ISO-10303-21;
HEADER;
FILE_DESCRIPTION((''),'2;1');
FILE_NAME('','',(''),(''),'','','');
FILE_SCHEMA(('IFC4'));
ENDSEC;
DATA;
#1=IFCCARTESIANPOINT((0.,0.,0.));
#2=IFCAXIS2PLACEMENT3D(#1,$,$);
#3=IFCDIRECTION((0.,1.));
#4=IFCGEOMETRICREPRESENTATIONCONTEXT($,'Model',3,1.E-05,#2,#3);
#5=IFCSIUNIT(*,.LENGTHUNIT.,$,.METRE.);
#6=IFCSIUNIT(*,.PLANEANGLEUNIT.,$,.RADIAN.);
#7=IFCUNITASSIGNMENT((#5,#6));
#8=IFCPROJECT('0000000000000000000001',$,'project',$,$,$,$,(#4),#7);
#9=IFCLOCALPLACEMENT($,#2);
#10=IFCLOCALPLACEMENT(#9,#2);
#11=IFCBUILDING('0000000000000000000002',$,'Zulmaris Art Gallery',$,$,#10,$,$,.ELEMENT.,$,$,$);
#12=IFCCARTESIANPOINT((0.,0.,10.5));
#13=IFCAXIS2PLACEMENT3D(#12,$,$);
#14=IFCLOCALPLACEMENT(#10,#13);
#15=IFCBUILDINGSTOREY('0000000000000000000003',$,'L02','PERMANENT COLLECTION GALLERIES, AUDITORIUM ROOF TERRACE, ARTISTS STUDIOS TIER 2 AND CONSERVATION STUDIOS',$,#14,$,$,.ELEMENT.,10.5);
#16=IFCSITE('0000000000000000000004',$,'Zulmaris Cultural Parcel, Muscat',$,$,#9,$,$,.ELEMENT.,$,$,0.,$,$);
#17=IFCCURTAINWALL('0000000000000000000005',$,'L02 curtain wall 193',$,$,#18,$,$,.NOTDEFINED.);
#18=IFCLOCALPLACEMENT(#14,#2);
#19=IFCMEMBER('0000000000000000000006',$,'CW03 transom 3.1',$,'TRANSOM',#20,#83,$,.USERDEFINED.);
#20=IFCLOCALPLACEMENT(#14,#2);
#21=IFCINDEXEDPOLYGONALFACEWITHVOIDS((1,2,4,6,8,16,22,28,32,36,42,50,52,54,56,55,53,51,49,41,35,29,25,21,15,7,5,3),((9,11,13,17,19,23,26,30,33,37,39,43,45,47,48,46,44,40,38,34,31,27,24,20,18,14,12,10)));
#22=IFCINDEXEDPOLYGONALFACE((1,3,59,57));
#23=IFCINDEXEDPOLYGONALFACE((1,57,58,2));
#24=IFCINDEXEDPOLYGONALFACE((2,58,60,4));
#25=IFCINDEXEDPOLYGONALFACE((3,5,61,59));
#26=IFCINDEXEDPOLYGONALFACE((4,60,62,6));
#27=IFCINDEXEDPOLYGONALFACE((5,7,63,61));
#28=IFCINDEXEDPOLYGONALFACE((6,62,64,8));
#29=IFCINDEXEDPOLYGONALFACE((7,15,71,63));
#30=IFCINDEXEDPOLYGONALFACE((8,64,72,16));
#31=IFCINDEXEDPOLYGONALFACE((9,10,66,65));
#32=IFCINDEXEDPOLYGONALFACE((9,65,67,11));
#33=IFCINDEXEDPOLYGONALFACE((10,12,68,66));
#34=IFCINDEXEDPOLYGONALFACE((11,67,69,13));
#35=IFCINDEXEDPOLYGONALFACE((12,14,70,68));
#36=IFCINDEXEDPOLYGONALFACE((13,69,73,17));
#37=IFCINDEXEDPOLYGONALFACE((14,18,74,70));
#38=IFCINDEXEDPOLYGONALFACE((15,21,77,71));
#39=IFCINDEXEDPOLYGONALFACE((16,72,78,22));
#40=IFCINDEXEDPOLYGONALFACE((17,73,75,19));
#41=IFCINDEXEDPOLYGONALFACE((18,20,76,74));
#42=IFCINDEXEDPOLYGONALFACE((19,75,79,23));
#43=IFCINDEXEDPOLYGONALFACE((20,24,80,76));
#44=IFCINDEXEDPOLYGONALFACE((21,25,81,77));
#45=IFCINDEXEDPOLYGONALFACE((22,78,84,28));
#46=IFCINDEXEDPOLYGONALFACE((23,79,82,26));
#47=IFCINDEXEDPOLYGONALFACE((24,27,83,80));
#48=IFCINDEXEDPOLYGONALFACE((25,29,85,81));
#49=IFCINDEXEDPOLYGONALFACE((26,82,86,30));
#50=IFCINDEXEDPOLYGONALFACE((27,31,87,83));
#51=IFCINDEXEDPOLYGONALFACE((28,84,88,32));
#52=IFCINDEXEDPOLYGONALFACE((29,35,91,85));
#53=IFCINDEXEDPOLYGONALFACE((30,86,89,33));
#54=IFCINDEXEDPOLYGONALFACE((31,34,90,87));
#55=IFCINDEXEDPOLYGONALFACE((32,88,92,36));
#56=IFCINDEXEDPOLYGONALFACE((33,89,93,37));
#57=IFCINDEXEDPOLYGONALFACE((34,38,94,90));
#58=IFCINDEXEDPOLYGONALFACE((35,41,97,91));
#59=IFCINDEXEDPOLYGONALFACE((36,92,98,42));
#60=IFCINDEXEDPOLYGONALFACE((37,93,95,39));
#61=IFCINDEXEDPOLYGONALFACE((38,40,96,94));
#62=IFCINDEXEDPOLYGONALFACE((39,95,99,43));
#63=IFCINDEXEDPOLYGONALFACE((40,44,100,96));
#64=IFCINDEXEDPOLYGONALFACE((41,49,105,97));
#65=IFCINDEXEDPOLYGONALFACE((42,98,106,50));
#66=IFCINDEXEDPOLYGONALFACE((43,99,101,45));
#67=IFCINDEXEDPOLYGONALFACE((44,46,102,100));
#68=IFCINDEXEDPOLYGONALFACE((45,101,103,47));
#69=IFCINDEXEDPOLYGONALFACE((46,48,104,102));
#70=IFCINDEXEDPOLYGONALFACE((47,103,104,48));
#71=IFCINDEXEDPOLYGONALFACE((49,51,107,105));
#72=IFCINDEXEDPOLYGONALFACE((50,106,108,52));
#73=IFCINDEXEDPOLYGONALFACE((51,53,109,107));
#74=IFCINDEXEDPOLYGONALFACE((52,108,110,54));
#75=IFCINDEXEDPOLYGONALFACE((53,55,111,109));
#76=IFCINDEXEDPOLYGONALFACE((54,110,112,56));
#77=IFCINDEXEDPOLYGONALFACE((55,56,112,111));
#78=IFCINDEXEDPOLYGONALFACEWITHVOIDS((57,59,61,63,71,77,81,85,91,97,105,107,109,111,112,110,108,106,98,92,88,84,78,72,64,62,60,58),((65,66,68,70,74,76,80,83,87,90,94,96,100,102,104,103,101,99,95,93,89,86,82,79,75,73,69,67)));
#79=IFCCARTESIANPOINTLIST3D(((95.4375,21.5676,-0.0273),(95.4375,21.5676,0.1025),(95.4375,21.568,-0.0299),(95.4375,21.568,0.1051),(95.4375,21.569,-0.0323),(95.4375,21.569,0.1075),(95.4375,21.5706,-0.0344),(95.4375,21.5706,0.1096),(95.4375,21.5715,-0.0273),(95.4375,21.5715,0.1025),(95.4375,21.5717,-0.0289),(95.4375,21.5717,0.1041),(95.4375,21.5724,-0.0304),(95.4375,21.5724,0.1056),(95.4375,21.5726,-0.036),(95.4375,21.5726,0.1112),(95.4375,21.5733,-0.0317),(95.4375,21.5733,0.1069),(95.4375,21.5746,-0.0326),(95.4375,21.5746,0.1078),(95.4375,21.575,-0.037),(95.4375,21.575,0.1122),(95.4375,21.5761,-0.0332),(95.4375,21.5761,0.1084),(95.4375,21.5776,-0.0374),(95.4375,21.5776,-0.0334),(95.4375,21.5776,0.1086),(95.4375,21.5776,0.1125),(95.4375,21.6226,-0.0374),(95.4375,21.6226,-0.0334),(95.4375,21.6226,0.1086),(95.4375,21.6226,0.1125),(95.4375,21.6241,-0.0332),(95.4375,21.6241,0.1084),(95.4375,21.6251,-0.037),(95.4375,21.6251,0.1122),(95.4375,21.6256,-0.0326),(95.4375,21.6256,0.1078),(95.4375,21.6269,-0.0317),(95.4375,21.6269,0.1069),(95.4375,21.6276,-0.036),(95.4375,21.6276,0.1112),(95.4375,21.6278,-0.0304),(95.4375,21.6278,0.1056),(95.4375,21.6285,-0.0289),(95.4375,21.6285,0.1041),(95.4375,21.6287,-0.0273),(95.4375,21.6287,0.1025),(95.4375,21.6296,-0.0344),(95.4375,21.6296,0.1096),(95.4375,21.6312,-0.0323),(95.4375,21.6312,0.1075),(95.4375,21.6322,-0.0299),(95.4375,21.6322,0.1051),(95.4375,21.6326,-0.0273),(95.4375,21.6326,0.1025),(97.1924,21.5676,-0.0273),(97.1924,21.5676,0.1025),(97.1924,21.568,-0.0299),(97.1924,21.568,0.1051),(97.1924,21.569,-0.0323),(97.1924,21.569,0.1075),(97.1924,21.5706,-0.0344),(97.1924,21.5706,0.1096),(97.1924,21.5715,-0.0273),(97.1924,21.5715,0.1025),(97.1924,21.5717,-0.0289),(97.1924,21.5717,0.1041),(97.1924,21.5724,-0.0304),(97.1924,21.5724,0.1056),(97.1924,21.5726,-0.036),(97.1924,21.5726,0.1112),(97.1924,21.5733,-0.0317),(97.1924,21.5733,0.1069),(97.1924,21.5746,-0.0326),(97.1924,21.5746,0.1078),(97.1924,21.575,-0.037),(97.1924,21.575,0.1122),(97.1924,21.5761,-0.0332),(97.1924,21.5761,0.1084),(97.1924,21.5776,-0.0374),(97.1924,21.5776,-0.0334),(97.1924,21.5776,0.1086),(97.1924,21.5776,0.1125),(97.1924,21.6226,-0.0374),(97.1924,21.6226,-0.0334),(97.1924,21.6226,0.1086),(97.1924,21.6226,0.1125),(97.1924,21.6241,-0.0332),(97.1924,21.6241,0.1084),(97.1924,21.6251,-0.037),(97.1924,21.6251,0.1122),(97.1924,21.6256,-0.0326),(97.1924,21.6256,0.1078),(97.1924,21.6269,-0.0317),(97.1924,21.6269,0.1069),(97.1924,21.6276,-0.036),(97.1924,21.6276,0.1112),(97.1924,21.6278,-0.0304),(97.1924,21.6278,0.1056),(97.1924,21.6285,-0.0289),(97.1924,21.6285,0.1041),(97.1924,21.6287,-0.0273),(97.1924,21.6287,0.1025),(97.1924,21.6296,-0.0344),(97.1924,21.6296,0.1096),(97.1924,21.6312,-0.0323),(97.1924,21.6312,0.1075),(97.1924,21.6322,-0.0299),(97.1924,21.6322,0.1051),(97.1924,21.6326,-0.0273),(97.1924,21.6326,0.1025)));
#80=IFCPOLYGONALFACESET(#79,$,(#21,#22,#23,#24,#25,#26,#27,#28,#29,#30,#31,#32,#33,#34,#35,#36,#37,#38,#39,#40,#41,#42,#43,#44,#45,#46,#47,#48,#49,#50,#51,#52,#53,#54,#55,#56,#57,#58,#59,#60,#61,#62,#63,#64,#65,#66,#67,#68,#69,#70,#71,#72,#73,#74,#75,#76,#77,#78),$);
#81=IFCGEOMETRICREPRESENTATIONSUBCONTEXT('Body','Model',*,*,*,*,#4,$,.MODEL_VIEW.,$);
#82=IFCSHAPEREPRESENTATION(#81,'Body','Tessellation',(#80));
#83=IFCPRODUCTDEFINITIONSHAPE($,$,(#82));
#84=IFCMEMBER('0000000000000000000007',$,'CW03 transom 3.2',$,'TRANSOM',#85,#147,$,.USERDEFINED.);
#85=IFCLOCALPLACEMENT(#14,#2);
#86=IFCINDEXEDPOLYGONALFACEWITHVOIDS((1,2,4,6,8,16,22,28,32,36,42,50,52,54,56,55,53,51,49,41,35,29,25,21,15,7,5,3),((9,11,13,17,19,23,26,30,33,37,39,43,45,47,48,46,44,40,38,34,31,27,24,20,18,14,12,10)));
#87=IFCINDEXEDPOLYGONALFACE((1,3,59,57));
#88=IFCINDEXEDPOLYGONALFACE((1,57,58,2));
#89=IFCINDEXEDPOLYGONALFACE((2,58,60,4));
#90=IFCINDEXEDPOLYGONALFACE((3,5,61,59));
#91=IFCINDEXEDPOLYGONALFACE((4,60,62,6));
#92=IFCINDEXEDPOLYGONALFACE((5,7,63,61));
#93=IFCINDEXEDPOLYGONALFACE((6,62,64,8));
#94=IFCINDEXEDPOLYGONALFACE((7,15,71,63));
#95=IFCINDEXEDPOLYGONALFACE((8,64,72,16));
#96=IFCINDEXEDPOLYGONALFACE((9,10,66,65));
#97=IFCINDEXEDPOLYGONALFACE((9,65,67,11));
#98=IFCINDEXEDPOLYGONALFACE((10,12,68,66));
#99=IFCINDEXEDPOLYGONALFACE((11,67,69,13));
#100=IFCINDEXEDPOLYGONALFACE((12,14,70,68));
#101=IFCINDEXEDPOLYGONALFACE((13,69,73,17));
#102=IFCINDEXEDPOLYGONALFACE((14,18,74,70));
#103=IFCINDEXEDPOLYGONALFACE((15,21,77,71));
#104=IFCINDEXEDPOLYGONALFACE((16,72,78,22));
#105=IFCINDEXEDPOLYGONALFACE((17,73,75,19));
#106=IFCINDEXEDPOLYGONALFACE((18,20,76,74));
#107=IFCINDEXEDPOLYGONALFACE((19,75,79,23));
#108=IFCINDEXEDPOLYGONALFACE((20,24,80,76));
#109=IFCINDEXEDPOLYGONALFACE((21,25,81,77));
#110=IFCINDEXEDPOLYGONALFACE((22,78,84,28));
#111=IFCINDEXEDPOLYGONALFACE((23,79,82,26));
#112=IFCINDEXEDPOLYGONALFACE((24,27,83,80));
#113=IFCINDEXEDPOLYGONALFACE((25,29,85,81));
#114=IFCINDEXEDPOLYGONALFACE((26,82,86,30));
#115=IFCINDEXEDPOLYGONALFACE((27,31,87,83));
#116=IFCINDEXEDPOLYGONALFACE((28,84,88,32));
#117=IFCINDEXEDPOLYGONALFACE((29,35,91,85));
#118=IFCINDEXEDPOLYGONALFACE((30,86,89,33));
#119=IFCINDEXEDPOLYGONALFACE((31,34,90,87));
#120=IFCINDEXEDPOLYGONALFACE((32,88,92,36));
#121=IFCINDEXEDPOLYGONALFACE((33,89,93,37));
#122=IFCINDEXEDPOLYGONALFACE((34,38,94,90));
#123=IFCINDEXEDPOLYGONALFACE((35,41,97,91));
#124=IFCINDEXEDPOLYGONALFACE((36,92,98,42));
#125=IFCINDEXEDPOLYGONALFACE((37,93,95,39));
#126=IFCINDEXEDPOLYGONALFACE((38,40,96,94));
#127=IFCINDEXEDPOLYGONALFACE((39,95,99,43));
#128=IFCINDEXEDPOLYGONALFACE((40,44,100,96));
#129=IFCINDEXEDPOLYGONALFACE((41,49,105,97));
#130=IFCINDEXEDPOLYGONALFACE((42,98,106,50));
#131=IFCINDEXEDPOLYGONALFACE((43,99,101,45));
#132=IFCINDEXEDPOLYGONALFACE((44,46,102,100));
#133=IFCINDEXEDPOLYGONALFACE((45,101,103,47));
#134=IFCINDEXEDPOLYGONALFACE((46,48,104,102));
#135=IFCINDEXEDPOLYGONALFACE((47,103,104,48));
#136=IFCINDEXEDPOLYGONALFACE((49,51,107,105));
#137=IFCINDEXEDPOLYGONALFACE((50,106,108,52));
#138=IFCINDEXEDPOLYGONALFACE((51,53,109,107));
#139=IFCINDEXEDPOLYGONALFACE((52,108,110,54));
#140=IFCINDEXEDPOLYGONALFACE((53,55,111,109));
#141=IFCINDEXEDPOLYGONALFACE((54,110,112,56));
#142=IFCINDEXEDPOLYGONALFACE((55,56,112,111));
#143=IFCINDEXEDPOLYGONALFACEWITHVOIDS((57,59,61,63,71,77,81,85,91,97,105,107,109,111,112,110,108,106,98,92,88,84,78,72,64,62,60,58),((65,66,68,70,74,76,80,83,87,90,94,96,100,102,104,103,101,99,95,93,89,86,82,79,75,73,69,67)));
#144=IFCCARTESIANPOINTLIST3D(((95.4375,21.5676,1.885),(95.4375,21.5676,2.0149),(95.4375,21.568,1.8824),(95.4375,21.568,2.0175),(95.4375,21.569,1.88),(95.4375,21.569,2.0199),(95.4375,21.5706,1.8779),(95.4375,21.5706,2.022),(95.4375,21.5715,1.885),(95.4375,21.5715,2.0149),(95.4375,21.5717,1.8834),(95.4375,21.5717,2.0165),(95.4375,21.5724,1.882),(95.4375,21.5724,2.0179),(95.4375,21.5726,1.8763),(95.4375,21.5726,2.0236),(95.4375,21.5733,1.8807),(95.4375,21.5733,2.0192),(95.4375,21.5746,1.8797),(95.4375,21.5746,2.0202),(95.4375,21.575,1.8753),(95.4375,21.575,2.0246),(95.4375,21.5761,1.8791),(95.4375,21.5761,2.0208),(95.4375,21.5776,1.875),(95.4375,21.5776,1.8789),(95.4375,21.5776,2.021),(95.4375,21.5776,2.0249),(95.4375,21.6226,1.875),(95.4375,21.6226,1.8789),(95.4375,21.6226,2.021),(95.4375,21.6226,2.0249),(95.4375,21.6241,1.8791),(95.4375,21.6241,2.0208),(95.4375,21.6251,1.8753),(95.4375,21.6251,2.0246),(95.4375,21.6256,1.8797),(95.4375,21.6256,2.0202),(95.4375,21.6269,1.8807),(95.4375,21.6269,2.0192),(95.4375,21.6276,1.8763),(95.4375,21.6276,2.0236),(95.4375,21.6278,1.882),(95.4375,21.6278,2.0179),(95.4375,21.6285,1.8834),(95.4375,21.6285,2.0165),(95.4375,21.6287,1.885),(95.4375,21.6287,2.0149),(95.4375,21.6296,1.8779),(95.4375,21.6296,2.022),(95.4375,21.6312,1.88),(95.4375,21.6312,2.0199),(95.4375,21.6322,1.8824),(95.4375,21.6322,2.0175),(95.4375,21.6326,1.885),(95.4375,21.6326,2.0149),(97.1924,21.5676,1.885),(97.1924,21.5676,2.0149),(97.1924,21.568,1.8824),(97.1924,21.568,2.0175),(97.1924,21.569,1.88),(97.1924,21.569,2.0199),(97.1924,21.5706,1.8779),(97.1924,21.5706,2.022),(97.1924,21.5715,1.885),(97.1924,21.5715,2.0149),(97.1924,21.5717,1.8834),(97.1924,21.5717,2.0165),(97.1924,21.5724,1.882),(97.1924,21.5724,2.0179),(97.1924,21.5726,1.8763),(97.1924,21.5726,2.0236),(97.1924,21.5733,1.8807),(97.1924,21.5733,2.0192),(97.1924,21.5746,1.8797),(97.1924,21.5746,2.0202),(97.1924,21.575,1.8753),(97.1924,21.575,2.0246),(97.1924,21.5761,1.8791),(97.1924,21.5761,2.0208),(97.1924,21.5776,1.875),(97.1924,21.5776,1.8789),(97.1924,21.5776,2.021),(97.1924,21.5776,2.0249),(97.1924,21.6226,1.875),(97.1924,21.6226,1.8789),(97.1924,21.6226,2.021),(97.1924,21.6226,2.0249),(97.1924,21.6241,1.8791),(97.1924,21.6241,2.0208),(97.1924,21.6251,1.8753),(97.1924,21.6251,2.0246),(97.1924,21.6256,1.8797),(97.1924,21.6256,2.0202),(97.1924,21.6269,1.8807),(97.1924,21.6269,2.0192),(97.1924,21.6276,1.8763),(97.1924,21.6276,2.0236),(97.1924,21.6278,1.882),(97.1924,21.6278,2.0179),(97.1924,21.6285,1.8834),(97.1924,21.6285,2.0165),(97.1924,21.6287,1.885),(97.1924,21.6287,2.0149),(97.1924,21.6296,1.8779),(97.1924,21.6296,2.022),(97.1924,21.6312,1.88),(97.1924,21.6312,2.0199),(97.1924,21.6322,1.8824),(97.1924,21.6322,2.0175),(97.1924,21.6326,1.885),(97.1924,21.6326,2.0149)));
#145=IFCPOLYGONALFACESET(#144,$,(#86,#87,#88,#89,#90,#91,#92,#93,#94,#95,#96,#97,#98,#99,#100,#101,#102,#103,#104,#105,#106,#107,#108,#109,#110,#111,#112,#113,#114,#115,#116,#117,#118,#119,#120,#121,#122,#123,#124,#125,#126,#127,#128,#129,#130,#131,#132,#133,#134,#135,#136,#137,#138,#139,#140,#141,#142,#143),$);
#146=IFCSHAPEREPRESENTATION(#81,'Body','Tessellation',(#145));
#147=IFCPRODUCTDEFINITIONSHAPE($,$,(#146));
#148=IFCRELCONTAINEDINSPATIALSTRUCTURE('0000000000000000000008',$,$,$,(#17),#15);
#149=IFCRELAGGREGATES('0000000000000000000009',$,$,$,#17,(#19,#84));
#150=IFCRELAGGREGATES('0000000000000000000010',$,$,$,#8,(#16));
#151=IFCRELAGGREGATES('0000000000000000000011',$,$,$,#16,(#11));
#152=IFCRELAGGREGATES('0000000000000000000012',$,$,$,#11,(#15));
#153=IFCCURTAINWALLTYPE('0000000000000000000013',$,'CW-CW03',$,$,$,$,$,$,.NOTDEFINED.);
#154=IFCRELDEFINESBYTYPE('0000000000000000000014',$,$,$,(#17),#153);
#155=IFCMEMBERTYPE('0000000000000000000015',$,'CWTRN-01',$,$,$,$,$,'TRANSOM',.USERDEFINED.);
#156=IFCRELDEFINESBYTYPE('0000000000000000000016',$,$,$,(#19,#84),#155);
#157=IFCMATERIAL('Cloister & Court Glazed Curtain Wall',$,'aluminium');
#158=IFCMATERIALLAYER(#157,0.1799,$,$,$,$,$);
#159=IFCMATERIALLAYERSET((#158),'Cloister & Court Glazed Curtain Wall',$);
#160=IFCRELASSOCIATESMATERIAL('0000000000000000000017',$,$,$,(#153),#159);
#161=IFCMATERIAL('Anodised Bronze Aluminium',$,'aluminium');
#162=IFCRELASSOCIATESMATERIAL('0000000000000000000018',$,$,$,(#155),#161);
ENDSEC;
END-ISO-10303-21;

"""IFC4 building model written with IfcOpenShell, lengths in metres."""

from ifc_helpers import new_model, si_unit, direction, frame, origin, origin_2d, place, context, subcontext, project, spatial, hollow_rectangle, extrude, material, layer, layer_set, material_profile, profile_set, type_object, element, aggregate, save


model = new_model("IFC4")

# Units and contexts
model_context = context("Model", 3, precision=1e-05, world=origin(), true_north=direction((0.0, 1.0)))
body_context = subcontext(model_context, "Body", "Model", "MODEL_VIEW")
ifc_project = project(units=[si_unit("LENGTHUNIT", "METRE"), si_unit("PLANEANGLEUNIT", "RADIAN")], contexts=[model_context])

# Site, building, storey
site_placement = place(None, origin())
site = spatial("IfcSite", under=ifc_project, at=site_placement, Name="Zulmaris Cultural Parcel, Muscat", CompositionType="ELEMENT", RefElevation=0.0)
building_placement = place(site_placement, origin())
building = spatial("IfcBuilding", under=site, at=building_placement, Name="Zulmaris Art Gallery", CompositionType="ELEMENT")
storey_placement = place(building_placement, frame((0.0, 0.0, 10.5)))
storey = spatial("IfcBuildingStorey", under=building, at=storey_placement, Name="L02", Description="PERMANENT COLLECTION GALLERIES, AUDITORIUM ROOF TERRACE, ARTISTS STUDIOS TIER 2 AND CONSERVATION STUDIOS", CompositionType="ELEMENT", Elevation=10.5)

# Curtain wall
ifc_material_1 = material(Name="Cloister & Court Glazed Curtain Wall", Category="aluminium")
ifc_layer_1 = layer(ifc_material_1, 0.1799)
ifc_layer_set_1 = layer_set([ifc_layer_1], Name="Cloister & Court Glazed Curtain Wall")
curtain_wall_type = type_object("IfcCurtainWallType", Name="CW-CW03", PredefinedType="NOTDEFINED", material=ifc_layer_set_1)
ifc_material_2 = material(Name="Anodised Bronze Aluminium", Category="aluminium")
curtain_wall_1_placement = place(storey_placement, origin())
curtain_wall_1 = element("IfcCurtainWall", 1, at=curtain_wall_1_placement, inside=storey, type_object=curtain_wall_type, Name="L02 curtain wall 193", PredefinedType="NOTDEFINED")

# Members
ifc_material_profile_1 = material_profile(ifc_material_2, hollow_rectangle(XDim=0.0649, YDim=0.1499, WallThickness=0.0039, InnerFilletRadius=0.0061, OuterFilletRadius=0.01, at=origin_2d()), Name="ALU 65x150x4")
ifc_profile_set_1 = profile_set([ifc_material_profile_1], Name="Anodised Bronze Aluminium")
member_type_1 = type_object("IfcMemberType", Name="CWTRN-01", ElementType="TRANSOM", PredefinedType="USERDEFINED", material=ifc_profile_set_1)
member_1_placement = place(storey_placement, frame((95.4375, 21.6001, 0.0376), z_axis=(1.0, 0.0, 0.0), x_axis=(0.0, 1.0, 0.0)))
member_1 = element("IfcMember", 2, at=member_1_placement, type_object=member_type_1, Name="CW03 transom 3.1", ObjectType="TRANSOM", PredefinedType="USERDEFINED", context=body_context, shape_type="SweptSolid", body=[
    extrude(hollow_rectangle(XDim=0.0649, YDim=0.1499, WallThickness=0.0039, InnerFilletRadius=0.0061, OuterFilletRadius=0.01, at=origin_2d()), origin(), (0.0, 0.0, 1.0), 1.7549),
])
member_2_placement = place(storey_placement, frame((95.4375, 21.6001, 1.95), z_axis=(1.0, 0.0, 0.0), x_axis=(0.0, 1.0, 0.0)))
member_2 = element("IfcMember", 3, at=member_2_placement, type_object=member_type_1, Name="CW03 transom 3.2", ObjectType="TRANSOM", PredefinedType="USERDEFINED", context=body_context, shape_type="SweptSolid", body=[
    extrude(hollow_rectangle(XDim=0.0649, YDim=0.1499, WallThickness=0.0039, InnerFilletRadius=0.0061, OuterFilletRadius=0.01, at=origin_2d()), origin(), (0.0, 0.0, 1.0), 1.7549),
])

aggregate(curtain_wall_1, [member_1, member_2])

save(model, "model.ifc")
